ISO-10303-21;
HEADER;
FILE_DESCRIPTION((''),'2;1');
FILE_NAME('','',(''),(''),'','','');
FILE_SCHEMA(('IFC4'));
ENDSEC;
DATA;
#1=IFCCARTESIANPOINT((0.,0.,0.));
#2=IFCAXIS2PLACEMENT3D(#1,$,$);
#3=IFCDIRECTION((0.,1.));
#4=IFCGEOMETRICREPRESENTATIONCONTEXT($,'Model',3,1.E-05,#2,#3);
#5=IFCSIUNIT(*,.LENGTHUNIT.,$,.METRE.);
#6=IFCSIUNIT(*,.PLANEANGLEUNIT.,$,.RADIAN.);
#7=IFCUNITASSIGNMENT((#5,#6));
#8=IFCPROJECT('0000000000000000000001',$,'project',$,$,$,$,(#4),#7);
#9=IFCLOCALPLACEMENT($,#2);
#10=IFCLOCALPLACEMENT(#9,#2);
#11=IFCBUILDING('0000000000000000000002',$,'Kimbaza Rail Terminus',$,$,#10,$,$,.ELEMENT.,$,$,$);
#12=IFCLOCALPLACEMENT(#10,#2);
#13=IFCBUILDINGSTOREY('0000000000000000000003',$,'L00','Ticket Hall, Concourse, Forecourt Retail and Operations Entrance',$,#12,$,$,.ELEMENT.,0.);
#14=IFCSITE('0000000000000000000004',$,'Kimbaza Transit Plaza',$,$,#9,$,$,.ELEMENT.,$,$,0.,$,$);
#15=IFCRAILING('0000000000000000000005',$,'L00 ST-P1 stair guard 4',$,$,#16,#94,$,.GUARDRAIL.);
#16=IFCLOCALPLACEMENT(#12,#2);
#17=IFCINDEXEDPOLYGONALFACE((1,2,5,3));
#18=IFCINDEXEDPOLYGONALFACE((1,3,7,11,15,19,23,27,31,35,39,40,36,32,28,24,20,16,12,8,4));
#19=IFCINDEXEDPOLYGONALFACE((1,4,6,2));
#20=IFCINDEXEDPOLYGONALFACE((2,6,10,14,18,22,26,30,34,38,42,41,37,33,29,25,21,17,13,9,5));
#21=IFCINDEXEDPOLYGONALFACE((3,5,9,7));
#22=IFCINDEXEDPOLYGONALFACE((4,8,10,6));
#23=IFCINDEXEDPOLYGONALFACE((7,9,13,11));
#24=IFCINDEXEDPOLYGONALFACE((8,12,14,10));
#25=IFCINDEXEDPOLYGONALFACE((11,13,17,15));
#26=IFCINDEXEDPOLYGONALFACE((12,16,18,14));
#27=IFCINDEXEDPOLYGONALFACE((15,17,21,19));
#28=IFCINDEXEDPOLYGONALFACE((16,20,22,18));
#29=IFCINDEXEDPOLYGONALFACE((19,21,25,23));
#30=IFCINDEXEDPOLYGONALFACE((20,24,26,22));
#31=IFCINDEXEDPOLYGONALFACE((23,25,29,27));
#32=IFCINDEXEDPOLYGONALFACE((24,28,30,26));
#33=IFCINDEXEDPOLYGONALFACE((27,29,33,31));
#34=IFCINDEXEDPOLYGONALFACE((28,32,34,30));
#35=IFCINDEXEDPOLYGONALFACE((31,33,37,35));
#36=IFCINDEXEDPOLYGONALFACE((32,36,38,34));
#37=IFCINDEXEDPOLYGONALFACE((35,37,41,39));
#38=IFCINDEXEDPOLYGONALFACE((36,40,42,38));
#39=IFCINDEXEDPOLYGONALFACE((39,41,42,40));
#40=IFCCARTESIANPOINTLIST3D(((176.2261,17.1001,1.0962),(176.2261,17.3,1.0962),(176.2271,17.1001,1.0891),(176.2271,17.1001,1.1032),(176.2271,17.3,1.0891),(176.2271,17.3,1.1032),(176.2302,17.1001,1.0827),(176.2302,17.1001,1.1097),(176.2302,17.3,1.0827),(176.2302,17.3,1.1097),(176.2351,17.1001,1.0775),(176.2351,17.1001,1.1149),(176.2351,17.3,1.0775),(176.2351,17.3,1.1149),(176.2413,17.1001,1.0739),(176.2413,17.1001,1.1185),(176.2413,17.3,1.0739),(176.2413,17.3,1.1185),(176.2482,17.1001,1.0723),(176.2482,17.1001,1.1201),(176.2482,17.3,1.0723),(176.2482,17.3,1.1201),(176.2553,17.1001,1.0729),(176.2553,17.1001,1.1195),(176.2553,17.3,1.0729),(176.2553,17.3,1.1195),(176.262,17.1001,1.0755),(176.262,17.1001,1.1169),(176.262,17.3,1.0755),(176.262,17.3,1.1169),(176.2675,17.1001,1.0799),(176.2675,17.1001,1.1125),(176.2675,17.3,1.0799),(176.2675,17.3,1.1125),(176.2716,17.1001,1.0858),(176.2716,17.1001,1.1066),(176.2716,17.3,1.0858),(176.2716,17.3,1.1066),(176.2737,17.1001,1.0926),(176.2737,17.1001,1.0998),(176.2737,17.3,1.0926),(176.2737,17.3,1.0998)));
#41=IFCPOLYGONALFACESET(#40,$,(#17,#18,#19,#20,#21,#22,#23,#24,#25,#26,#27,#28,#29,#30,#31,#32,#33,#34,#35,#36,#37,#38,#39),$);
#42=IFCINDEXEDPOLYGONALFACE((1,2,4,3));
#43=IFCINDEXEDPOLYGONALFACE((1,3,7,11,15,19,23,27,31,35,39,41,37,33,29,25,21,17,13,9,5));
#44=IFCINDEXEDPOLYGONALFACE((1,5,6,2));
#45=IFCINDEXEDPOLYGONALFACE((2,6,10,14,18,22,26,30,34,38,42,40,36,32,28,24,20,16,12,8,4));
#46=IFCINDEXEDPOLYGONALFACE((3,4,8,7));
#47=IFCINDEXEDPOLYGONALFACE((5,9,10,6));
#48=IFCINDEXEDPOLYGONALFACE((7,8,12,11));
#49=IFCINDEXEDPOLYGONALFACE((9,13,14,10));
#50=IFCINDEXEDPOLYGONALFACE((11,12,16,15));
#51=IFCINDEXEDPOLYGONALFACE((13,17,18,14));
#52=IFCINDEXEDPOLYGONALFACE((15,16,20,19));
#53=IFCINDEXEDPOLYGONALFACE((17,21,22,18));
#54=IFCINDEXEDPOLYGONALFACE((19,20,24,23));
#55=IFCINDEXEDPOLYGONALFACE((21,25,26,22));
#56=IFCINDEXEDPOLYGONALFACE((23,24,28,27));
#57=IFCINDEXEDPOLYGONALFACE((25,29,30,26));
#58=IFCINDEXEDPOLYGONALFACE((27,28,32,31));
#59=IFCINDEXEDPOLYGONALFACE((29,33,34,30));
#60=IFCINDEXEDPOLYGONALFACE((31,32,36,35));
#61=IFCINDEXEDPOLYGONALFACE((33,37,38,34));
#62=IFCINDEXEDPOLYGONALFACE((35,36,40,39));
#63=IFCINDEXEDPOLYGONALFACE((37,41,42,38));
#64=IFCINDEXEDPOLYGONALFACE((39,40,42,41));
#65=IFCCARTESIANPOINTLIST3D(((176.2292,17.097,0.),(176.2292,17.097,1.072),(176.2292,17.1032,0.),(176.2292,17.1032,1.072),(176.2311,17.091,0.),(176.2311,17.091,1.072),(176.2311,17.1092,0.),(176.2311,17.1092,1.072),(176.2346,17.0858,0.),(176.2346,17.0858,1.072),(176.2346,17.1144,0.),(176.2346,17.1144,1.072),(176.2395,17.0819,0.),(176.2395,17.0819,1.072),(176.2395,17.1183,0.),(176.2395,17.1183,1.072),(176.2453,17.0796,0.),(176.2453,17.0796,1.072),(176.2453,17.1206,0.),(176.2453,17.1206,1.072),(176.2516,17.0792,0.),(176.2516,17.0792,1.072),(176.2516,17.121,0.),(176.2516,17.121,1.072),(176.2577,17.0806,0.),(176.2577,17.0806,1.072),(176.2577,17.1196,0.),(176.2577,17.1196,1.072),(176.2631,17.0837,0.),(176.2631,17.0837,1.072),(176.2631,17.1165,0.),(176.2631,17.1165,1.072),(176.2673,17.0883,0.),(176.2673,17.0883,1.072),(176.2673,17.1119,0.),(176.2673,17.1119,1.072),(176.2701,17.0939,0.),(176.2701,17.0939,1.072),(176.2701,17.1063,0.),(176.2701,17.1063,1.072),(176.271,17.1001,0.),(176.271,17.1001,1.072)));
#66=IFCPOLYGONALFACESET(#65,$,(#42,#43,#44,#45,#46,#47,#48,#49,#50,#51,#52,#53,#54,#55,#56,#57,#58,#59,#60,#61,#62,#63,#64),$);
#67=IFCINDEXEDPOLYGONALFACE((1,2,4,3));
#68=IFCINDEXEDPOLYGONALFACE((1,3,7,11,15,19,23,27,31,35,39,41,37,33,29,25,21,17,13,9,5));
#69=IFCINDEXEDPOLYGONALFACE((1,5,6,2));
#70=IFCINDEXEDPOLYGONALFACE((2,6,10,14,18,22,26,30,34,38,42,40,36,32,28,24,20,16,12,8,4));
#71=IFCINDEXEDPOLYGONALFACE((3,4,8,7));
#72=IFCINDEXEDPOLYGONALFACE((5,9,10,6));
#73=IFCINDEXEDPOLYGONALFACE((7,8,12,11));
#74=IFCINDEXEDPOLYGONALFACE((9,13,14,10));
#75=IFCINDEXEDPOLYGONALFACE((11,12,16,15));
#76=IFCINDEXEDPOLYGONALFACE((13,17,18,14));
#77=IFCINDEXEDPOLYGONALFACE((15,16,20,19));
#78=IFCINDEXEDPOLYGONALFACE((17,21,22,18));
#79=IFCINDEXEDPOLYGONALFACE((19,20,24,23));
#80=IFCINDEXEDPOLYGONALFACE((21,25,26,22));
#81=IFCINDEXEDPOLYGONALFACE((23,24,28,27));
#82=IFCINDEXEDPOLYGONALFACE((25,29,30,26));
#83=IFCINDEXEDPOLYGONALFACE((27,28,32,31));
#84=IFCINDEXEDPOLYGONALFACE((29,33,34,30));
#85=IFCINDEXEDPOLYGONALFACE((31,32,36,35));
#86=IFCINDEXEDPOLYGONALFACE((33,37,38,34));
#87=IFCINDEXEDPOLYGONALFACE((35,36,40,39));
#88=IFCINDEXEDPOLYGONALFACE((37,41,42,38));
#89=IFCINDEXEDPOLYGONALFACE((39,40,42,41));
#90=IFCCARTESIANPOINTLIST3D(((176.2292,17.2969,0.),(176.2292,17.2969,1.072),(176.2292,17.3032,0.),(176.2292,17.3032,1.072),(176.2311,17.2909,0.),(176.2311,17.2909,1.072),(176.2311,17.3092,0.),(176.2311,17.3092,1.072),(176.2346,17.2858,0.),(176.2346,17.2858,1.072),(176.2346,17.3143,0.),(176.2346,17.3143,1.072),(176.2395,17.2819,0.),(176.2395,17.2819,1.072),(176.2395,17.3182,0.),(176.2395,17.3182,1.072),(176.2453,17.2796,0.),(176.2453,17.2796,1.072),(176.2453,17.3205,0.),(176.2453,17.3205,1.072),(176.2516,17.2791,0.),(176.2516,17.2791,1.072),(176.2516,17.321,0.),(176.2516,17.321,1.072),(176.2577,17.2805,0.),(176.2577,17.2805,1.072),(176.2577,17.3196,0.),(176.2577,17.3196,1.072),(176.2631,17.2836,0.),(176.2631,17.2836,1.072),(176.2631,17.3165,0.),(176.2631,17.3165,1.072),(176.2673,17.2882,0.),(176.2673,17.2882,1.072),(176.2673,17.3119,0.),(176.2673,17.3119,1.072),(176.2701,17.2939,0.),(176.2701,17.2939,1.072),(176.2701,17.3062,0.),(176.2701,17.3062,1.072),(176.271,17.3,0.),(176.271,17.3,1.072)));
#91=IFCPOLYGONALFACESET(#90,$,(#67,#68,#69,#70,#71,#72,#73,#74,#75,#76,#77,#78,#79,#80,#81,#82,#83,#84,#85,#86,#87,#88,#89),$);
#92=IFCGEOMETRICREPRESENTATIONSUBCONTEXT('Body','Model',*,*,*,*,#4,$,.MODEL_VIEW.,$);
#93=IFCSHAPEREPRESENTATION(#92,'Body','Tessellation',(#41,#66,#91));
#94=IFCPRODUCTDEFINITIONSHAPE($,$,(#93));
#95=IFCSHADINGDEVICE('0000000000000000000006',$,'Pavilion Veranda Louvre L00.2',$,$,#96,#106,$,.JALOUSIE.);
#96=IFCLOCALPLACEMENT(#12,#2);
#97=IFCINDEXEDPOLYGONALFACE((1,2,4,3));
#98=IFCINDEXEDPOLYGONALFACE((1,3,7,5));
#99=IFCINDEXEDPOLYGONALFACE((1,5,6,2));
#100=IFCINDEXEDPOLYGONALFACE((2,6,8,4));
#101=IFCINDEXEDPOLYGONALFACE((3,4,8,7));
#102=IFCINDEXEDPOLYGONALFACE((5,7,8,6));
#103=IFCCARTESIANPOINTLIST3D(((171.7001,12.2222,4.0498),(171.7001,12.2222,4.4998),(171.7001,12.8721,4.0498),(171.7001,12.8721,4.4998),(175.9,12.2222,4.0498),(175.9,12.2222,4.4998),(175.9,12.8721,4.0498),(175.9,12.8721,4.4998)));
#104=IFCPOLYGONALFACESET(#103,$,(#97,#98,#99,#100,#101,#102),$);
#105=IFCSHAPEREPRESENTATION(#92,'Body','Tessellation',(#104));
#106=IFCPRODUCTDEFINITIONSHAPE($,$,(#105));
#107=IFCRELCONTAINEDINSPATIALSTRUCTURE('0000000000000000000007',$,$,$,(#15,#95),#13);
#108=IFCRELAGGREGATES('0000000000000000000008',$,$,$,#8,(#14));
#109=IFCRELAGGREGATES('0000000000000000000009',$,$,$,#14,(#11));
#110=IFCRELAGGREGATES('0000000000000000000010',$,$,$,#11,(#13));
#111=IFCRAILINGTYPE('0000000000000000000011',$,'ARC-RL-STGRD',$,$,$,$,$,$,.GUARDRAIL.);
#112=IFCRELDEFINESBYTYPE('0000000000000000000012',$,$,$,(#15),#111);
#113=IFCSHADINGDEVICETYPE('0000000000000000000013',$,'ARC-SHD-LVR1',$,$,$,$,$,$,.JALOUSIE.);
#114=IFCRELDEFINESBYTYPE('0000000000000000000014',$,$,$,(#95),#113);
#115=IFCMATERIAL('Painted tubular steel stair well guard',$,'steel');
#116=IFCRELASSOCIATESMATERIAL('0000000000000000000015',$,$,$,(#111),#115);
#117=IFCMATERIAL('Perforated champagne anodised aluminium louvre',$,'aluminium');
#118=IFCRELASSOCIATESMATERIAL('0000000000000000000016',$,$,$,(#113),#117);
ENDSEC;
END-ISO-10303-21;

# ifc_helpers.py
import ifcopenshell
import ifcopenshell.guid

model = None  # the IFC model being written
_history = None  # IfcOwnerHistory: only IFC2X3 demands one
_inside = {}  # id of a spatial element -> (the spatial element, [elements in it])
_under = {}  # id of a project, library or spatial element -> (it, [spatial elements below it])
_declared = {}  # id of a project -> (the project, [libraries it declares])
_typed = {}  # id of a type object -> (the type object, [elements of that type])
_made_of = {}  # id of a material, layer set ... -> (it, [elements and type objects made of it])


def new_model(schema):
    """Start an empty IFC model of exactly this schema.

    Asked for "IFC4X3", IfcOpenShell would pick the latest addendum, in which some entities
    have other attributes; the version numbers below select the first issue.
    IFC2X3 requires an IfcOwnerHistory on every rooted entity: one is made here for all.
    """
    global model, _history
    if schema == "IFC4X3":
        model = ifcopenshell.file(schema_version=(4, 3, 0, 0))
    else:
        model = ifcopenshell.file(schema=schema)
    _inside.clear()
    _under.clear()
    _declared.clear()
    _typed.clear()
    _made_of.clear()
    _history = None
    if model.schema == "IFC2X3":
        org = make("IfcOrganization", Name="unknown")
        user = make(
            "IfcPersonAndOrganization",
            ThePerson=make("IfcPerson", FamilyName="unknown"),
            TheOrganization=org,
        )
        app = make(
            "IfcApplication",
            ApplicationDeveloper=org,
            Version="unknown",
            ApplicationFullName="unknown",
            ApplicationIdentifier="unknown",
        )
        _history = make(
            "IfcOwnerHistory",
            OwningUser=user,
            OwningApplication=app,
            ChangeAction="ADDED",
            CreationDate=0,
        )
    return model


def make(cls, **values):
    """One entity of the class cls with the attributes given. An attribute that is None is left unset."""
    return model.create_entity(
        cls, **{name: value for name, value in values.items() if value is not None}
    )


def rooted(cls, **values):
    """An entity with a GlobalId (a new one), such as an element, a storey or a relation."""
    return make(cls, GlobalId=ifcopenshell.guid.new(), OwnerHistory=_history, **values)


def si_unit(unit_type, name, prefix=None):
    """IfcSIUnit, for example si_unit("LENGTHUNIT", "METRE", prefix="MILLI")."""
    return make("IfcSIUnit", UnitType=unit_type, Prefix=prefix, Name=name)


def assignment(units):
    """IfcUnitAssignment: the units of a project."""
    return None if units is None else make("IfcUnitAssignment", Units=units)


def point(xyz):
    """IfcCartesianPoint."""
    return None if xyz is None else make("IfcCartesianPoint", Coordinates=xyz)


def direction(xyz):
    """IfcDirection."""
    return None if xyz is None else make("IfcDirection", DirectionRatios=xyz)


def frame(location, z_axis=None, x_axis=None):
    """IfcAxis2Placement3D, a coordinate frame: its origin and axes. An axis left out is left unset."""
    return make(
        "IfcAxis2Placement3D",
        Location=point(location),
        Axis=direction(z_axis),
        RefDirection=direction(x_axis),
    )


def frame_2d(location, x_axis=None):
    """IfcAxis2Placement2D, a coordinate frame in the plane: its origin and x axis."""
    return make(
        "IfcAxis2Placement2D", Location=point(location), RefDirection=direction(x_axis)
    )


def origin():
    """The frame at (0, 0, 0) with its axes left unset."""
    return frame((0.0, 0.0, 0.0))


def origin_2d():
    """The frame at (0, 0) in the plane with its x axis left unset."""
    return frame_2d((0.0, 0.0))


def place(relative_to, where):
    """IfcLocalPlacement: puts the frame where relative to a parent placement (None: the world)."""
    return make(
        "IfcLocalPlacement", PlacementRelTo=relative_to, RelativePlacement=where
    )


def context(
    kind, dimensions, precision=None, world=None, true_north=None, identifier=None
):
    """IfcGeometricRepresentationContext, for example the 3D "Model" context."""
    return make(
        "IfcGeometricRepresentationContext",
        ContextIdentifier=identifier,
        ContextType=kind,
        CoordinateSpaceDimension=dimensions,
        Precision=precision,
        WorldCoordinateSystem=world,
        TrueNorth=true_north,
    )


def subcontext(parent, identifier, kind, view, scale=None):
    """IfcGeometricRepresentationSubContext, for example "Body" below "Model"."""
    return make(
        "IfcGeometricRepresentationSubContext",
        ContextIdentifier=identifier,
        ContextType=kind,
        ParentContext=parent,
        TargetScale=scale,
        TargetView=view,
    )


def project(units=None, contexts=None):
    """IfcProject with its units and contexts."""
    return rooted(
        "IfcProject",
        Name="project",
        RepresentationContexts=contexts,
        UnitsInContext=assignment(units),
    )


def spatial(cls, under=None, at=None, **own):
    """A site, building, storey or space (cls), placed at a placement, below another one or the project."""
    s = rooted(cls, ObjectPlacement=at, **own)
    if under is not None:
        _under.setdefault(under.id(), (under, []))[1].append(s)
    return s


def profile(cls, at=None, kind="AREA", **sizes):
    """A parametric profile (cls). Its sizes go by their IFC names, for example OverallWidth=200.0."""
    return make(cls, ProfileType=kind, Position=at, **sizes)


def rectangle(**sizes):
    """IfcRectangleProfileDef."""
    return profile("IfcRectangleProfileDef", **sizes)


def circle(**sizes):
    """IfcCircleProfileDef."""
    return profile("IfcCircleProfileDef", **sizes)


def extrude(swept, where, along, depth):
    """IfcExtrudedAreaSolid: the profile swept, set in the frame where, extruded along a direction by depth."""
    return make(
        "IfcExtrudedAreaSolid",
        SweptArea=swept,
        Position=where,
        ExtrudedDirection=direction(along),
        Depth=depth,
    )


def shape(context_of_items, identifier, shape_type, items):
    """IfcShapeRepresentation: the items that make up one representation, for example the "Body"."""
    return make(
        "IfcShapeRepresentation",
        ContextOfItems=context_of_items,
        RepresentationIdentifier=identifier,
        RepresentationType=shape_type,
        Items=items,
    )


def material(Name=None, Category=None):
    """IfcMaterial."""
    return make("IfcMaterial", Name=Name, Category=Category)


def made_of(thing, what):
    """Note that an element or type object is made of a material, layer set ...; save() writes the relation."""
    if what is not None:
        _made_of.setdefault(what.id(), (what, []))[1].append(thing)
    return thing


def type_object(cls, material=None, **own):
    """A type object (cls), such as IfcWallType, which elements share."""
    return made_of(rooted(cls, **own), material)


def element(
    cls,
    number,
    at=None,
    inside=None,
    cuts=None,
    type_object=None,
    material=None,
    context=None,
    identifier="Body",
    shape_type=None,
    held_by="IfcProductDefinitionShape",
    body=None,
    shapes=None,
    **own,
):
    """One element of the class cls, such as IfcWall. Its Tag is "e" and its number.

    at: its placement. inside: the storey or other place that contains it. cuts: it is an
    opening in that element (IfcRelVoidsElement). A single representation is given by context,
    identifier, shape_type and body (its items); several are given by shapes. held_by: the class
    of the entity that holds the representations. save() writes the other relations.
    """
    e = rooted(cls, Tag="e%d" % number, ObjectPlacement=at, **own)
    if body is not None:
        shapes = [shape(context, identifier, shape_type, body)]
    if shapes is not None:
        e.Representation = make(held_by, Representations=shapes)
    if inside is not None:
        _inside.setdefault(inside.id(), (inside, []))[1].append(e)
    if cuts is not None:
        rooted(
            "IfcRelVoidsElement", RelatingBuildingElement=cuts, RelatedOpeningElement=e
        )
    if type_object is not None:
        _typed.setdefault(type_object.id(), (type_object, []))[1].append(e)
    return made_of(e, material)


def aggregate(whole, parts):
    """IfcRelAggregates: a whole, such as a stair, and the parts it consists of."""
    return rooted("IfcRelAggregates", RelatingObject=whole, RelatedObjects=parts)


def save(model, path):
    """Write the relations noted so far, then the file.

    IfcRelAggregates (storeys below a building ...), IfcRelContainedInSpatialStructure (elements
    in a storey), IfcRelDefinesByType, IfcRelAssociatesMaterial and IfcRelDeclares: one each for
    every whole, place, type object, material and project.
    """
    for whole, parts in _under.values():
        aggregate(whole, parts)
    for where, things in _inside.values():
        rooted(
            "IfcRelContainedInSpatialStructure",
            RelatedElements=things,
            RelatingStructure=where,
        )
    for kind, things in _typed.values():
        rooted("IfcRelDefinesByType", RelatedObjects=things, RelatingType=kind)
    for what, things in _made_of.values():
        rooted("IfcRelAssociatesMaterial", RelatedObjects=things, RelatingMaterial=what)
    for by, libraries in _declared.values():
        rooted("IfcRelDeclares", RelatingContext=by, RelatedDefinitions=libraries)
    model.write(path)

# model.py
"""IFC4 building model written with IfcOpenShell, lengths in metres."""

from ifc_helpers import new_model, si_unit, direction, frame, origin, origin_2d, place, context, subcontext, project, spatial, rectangle, circle, extrude, material, type_object, element, save


model = new_model("IFC4")

# Units and contexts
model_context = context("Model", 3, precision=1e-05, world=origin(), true_north=direction((0.0, 1.0)))
body_context = subcontext(model_context, "Body", "Model", "MODEL_VIEW")
ifc_project = project(units=[si_unit("LENGTHUNIT", "METRE"), si_unit("PLANEANGLEUNIT", "RADIAN")], contexts=[model_context])

# Site, building, storey
site_placement = place(None, origin())
site = spatial("IfcSite", under=ifc_project, at=site_placement, Name="Kimbaza Transit Plaza", CompositionType="ELEMENT", RefElevation=0.0)
building_placement = place(site_placement, origin())
building = spatial("IfcBuilding", under=site, at=building_placement, Name="Kimbaza Rail Terminus", CompositionType="ELEMENT")
storey_placement = place(building_placement, origin())
storey = spatial("IfcBuildingStorey", under=building, at=storey_placement, Name="L00", Description="Ticket Hall, Concourse, Forecourt Retail and Operations Entrance", CompositionType="ELEMENT", Elevation=0.0)

# Railing
ifc_material_1 = material(Name="Painted tubular steel stair well guard", Category="steel")
railing_type_1 = type_object("IfcRailingType", Name="ARC-RL-STGRD", PredefinedType="GUARDRAIL", material=ifc_material_1)
railing_1_placement = place(storey_placement, frame((176.25, 17.1001, 0.0)))
element("IfcRailing", 1, at=railing_1_placement, inside=storey, type_object=railing_type_1, Name="L00 ST-P1 stair guard 4", PredefinedType="GUARDRAIL", context=body_context, shape_type="SweptSolid", body=[
    extrude(circle(Radius=0.0239, at=origin_2d()), frame((0.0, 0.0, 1.0962), z_axis=(0.0, 1.0, 0.0), x_axis=(-1.0, 0.0, 0.0)), (0.0, 0.0, 1.0), 0.2),
    extrude(circle(Radius=0.021, at=origin_2d()), origin(), (0.0, 0.0, 1.0), 1.072),
    extrude(circle(Radius=0.021, at=origin_2d()), frame((0.0, 0.2, 0.0)), (0.0, 0.0, 1.0), 1.072),
])

# Shading device
ifc_material_2 = material(Name="Perforated champagne anodised aluminium louvre", Category="aluminium")
shading_device_type = type_object("IfcShadingDeviceType", Name="ARC-SHD-LVR1", PredefinedType="JALOUSIE", material=ifc_material_2)
shading_device_placement = place(storey_placement, frame((173.8, 12.5471, 4.0498), z_axis=(0.0, 0.0, 1.0), x_axis=(1.0, 0.0, 0.0)))
element("IfcShadingDevice", 2, at=shading_device_placement, inside=storey, type_object=shading_device_type, Name="Pavilion Veranda Louvre L00.2", PredefinedType="JALOUSIE", context=body_context, shape_type="SweptSolid", body=[
    extrude(rectangle(XDim=4.2, YDim=0.6499, at=origin_2d()), origin(), (0.0, 0.0, 1.0), 0.45),
])

save(model, "model.ifc")
